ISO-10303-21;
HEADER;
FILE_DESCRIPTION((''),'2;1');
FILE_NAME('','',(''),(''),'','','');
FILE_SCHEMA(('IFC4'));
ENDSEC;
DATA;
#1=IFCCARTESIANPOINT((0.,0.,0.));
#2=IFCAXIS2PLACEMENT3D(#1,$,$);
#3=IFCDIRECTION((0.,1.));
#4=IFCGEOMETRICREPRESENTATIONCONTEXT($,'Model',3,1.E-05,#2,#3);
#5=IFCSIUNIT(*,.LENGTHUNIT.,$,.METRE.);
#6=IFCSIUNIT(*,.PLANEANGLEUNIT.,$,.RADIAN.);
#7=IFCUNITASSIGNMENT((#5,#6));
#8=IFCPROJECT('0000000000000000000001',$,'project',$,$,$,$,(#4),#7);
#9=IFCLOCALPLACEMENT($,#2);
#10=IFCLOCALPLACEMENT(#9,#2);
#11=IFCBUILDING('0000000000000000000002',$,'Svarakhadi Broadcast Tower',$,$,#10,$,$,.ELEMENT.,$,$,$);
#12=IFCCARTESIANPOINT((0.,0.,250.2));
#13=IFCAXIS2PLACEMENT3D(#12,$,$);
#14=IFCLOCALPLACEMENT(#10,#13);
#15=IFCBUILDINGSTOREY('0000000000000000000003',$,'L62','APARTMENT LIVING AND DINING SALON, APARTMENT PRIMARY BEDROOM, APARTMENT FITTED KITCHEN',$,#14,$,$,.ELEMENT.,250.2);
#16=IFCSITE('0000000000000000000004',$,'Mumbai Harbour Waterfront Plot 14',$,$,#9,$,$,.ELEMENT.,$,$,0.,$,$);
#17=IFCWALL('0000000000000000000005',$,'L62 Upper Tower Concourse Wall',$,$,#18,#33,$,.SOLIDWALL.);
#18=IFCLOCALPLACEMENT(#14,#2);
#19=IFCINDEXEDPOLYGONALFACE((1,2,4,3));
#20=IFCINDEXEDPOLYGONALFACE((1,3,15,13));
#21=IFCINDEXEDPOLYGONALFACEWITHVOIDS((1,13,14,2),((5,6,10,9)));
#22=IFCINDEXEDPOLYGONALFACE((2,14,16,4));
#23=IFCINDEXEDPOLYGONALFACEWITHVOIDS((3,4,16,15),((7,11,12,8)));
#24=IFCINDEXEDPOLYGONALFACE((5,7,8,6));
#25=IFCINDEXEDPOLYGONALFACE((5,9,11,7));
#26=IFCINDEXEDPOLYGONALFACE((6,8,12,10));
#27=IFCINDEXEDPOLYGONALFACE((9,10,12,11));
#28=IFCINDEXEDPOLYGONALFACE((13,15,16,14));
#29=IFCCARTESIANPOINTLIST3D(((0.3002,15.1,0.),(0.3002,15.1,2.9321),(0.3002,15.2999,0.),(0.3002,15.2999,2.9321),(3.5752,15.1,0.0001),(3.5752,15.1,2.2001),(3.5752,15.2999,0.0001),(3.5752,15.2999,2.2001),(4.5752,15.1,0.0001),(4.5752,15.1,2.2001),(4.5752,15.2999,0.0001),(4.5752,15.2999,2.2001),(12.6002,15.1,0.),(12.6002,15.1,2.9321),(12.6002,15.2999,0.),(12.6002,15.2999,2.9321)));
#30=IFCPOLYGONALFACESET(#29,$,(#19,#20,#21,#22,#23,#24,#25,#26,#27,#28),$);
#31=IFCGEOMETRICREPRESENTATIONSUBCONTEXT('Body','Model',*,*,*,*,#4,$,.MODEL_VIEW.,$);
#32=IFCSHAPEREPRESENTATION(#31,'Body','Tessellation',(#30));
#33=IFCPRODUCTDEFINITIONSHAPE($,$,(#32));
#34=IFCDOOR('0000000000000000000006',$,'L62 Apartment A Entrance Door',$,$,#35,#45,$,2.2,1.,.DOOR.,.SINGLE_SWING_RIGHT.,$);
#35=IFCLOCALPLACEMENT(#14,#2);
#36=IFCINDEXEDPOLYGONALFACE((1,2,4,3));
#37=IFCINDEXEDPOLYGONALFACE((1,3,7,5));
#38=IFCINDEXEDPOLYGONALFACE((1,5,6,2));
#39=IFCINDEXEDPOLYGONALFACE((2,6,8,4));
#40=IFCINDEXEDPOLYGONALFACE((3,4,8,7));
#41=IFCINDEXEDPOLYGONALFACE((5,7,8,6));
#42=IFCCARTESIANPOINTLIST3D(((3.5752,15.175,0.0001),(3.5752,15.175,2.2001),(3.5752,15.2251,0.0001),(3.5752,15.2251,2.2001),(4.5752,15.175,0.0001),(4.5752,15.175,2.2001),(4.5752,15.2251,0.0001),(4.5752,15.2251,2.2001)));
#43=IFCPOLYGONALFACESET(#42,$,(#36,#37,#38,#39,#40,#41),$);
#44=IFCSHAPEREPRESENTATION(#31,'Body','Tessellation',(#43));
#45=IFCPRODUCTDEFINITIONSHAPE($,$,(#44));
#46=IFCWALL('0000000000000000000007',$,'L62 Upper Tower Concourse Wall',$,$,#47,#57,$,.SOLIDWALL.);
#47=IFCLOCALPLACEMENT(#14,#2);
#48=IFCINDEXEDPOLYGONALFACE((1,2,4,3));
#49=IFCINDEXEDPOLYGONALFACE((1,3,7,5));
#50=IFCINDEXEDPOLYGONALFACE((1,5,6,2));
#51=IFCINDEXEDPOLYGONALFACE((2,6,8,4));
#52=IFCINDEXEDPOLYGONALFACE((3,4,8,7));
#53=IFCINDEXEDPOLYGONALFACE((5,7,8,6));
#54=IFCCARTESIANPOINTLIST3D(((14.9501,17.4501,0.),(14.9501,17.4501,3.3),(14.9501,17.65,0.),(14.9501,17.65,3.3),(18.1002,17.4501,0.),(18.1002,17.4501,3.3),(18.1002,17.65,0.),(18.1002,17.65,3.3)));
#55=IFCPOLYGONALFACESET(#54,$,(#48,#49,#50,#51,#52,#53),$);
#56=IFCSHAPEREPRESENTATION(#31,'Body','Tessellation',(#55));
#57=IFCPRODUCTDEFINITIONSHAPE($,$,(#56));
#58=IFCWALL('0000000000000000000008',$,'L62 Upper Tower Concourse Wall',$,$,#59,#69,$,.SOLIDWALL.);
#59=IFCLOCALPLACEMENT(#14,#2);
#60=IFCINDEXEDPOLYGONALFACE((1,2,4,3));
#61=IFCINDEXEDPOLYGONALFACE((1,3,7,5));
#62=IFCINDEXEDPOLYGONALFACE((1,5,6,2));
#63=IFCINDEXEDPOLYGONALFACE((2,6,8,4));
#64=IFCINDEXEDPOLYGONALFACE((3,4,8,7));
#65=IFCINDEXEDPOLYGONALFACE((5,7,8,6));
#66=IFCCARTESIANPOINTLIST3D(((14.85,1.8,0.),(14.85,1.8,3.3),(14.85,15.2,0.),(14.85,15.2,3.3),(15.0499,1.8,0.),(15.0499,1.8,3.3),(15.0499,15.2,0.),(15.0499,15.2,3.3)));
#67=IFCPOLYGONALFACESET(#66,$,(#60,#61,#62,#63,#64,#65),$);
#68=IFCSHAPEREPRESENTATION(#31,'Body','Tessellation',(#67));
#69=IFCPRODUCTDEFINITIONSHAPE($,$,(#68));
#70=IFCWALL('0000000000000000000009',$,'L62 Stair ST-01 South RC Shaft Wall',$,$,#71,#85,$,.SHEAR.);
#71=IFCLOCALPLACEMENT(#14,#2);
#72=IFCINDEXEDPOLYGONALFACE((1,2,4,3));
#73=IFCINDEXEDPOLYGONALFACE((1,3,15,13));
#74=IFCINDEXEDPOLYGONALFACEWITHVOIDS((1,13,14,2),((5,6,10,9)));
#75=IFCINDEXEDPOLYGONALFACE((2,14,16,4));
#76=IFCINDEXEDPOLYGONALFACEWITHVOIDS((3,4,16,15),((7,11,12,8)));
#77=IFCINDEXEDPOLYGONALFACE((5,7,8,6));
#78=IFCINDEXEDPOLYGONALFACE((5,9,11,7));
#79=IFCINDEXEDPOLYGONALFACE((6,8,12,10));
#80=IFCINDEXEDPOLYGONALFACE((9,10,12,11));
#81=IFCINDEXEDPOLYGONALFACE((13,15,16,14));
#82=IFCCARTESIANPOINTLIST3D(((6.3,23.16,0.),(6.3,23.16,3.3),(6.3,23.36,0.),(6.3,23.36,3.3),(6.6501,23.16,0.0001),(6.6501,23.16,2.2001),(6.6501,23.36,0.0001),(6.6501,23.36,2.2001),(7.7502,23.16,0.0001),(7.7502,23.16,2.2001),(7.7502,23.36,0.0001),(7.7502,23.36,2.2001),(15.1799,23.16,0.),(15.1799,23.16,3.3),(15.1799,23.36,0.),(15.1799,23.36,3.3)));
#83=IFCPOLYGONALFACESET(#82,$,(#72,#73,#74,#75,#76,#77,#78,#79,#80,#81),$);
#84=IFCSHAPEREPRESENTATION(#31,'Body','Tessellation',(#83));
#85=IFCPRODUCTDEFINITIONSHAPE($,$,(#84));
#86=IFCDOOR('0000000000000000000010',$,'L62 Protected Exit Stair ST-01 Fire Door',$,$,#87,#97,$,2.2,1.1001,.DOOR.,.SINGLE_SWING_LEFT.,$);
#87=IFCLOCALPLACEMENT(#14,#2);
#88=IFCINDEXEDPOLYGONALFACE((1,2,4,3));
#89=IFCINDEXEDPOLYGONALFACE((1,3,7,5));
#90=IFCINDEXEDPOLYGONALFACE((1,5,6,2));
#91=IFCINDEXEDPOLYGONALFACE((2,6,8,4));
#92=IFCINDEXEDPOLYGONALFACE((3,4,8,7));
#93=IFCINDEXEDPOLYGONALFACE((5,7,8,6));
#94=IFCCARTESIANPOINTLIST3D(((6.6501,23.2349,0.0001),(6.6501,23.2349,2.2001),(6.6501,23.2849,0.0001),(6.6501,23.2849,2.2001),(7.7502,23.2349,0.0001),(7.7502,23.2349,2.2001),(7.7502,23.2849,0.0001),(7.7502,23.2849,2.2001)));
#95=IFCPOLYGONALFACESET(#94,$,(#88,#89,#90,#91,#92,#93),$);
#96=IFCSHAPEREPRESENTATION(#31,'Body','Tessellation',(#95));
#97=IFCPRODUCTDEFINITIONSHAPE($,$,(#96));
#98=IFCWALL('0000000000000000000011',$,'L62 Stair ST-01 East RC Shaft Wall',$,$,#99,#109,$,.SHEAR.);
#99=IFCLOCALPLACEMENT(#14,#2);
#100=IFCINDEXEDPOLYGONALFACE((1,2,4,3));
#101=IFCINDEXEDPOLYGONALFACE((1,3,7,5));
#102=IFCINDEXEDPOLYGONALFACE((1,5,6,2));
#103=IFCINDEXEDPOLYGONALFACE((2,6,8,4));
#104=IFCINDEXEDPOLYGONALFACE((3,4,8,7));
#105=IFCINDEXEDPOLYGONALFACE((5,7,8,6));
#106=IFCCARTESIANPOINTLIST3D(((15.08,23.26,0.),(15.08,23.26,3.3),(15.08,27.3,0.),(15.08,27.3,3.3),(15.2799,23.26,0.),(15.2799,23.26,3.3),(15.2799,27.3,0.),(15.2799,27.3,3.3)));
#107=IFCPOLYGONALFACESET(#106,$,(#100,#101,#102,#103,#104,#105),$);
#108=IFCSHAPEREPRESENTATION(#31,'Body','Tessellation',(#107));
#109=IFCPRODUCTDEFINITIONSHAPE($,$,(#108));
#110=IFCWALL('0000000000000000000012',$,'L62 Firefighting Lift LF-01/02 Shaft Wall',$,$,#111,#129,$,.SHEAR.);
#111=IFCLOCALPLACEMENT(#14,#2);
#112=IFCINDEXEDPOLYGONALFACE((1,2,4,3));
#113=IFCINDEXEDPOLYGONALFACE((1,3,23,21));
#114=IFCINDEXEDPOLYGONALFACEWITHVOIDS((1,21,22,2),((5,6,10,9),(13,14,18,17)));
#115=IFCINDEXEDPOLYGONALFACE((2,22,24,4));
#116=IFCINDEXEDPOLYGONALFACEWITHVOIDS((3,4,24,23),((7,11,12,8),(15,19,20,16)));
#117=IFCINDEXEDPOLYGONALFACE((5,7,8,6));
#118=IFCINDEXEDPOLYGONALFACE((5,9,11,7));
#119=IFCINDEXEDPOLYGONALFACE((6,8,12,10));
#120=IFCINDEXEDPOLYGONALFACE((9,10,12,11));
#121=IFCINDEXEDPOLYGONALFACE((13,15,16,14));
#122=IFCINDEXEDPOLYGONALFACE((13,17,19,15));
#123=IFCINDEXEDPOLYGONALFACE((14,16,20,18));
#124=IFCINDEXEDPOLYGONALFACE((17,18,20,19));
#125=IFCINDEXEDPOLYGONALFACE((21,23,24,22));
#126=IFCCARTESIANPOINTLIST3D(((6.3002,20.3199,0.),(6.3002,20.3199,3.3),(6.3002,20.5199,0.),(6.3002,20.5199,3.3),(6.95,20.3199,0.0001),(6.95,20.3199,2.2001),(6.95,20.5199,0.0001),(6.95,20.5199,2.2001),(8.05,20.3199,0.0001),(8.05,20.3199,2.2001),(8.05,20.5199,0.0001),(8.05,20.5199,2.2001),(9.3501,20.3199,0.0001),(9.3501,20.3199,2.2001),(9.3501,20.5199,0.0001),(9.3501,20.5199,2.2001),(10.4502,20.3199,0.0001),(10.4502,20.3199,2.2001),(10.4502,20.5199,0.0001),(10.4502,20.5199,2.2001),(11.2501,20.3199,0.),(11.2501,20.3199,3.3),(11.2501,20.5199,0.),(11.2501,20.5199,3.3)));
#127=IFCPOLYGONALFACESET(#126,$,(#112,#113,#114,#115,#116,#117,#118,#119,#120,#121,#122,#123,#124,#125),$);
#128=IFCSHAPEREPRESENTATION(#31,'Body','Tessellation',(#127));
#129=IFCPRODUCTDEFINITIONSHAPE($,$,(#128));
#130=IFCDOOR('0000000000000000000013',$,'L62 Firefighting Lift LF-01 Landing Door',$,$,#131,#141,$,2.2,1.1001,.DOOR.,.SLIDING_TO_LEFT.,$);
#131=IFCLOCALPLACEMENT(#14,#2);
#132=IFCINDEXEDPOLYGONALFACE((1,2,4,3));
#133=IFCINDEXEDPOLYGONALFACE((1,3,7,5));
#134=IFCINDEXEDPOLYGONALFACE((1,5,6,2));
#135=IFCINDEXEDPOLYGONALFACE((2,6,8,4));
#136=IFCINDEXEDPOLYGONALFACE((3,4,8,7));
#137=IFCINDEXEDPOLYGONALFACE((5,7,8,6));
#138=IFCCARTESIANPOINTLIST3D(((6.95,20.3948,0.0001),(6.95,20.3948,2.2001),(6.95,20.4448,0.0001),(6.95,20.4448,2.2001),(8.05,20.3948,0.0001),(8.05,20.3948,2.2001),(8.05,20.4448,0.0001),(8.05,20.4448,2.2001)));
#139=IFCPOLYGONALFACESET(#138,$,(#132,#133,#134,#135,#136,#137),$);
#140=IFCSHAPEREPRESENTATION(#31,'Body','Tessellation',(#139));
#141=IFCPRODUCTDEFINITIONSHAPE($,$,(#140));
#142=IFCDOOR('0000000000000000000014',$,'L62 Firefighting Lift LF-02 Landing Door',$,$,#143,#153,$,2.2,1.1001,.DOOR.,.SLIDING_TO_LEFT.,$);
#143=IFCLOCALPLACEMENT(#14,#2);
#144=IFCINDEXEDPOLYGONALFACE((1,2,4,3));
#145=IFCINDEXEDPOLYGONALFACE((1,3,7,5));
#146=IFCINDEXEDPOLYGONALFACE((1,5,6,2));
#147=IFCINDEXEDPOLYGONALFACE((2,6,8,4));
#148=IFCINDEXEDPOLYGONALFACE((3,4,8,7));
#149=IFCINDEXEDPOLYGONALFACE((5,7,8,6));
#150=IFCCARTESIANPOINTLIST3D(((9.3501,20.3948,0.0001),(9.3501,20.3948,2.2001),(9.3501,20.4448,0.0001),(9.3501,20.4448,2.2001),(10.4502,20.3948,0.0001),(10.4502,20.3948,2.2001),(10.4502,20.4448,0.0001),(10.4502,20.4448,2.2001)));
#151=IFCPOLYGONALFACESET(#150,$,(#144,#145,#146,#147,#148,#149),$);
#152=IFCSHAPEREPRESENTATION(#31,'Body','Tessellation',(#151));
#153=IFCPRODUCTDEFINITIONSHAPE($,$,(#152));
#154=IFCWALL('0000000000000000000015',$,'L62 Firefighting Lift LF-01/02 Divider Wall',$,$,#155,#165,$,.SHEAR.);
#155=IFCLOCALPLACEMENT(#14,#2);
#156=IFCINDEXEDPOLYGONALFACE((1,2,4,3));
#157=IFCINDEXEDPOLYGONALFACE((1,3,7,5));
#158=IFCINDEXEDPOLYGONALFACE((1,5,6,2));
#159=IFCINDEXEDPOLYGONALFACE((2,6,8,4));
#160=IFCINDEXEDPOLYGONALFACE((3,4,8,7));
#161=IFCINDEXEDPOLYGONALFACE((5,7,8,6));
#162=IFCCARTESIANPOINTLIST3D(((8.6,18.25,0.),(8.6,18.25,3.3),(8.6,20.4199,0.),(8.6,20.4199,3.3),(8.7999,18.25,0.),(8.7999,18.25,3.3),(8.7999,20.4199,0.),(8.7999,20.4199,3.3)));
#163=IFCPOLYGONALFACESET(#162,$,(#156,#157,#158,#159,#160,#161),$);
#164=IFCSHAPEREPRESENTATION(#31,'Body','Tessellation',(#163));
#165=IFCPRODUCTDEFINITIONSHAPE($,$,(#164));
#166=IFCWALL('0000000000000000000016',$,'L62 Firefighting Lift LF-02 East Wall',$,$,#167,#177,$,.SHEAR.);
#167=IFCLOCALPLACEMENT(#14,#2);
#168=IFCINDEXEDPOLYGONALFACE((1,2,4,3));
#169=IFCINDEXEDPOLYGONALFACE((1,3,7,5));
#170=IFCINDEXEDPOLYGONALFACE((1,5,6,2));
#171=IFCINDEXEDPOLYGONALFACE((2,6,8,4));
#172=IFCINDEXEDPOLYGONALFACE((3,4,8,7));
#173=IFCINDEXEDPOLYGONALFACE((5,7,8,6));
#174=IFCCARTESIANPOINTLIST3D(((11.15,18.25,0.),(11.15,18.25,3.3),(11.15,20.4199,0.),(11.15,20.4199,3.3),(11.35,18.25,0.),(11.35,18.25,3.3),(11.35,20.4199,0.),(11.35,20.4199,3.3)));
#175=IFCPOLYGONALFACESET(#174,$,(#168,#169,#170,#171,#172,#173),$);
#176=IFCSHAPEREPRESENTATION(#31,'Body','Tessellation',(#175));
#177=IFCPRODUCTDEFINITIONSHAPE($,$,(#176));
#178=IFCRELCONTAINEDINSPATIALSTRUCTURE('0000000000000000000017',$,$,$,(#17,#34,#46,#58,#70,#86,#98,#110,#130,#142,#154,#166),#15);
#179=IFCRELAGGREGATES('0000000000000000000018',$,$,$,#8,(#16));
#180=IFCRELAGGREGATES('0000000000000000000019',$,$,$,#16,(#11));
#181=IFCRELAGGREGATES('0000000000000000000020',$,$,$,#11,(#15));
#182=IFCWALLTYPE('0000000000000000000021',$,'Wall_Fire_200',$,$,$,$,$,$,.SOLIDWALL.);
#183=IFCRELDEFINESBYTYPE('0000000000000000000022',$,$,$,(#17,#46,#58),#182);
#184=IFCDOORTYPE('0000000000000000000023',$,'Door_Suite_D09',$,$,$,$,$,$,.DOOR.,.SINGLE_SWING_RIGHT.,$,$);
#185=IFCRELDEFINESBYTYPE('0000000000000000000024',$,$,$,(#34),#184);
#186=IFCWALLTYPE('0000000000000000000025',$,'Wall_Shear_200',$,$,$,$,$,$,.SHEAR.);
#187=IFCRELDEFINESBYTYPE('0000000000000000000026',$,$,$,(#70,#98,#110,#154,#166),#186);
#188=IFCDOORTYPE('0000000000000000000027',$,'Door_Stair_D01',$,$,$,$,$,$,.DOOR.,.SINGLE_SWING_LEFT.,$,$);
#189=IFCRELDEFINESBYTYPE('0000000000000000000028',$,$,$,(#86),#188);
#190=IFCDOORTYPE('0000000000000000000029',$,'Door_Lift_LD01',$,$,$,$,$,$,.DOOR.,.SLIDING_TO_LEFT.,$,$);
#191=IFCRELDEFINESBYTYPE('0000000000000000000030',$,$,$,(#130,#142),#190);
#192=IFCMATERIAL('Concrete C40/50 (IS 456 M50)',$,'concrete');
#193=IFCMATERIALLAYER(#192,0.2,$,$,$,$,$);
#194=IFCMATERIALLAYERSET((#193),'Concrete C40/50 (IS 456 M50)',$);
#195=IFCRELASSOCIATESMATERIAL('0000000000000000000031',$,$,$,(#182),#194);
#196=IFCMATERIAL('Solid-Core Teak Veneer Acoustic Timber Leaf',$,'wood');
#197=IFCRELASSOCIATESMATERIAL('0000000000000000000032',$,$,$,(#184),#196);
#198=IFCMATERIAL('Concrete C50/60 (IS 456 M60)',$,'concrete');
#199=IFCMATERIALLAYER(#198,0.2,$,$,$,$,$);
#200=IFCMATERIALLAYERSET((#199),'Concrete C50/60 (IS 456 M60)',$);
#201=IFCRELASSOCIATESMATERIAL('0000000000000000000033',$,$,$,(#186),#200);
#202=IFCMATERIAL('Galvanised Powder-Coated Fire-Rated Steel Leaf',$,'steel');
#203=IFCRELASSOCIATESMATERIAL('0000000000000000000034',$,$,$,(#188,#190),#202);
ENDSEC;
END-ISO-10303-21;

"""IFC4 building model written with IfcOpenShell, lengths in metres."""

from ifc_helpers import new_model, si_unit, direction, frame, frame_2d, origin, place, context, subcontext, project, spatial, rectangle, extrude, material, layer, layer_set, type_object, element, fill, save


model = new_model("IFC4")

# Units and contexts
model_context = context("Model", 3, precision=1e-05, world=origin(), true_north=direction((0.0, 1.0)))
body_context = subcontext(model_context, "Body", "Model", "MODEL_VIEW")
ifc_project = project(units=[si_unit("LENGTHUNIT", "METRE"), si_unit("PLANEANGLEUNIT", "RADIAN")], contexts=[model_context])

# Site, building, storey
site_placement = place(None, origin())
site = spatial("IfcSite", under=ifc_project, at=site_placement, Name="Mumbai Harbour Waterfront Plot 14", CompositionType="ELEMENT", RefElevation=0.0)
building_placement = place(site_placement, origin())
building = spatial("IfcBuilding", under=site, at=building_placement, Name="Svarakhadi Broadcast Tower", CompositionType="ELEMENT")
storey_placement = place(building_placement, frame((0.0, 0.0, 250.2)))
storey = spatial("IfcBuildingStorey", under=building, at=storey_placement, Name="L62", Description="APARTMENT LIVING AND DINING SALON, APARTMENT PRIMARY BEDROOM, APARTMENT FITTED KITCHEN", CompositionType="ELEMENT", Elevation=250.2)

# Shared definitions
ifc_material_1 = material(Name="Concrete C50/60 (IS 456 M60)", Category="concrete")

# Wall, opening, door
ifc_material_2 = material(Name="Concrete C40/50 (IS 456 M50)", Category="concrete")
ifc_layer_1 = layer(ifc_material_2, 0.2)
ifc_layer_set_1 = layer_set([ifc_layer_1], Name="Concrete C40/50 (IS 456 M50)")
wall_type_1 = type_object("IfcWallType", Name="Wall_Fire_200", PredefinedType="SOLIDWALL", material=ifc_layer_set_1)
wall_1_placement = place(storey_placement, frame((12.6001, 15.2, 0.0), z_axis=(0.0, 0.0, 1.0), x_axis=(-1.0, 0.0, 0.0)))
wall_1 = element("IfcWall", 1, at=wall_1_placement, inside=storey, type_object=wall_type_1, Name="L62 Upper Tower Concourse Wall", PredefinedType="SOLIDWALL", context=body_context, shape_type="SweptSolid", body=[
    extrude(rectangle(XDim=12.3, YDim=0.2, at=frame_2d((6.1499, 0.0))), origin(), (0.0, 0.0, 1.0), 2.9321),
])
opening_1_placement = place(wall_1_placement, frame((8.0249, 0.0, 0.0)))
opening_1 = element("IfcOpeningElement", 2, at=opening_1_placement, cuts=wall_1, PredefinedType="OPENING", context=body_context, shape_type="SweptSolid", body=[
    extrude(rectangle(XDim=1.0, YDim=2.2, at=frame_2d((0.5, 1.1001))), frame((0.0, 0.1099, 0.0), z_axis=(0.0, -1.0, 0.0), x_axis=(1.0, 0.0, 0.0)), (0.0, 0.0, 1.0), 0.22),
])
ifc_material_3 = material(Name="Solid-Core Teak Veneer Acoustic Timber Leaf", Category="wood")
door_type_1 = type_object("IfcDoorType", Name="Door_Suite_D09", OperationType="SINGLE_SWING_RIGHT", PredefinedType="DOOR", material=ifc_material_3)
door_1_placement = place(opening_1_placement, origin())
door_1 = element("IfcDoor", 3, at=door_1_placement, inside=storey, type_object=door_type_1, Name="L62 Apartment A Entrance Door", OperationType="SINGLE_SWING_RIGHT", OverallHeight=2.2, OverallWidth=1.0, PredefinedType="DOOR", context=body_context, shape_type="SweptSolid", body=[
    extrude(rectangle(XDim=1.0, YDim=2.2, at=frame_2d((0.5, 1.1001))), frame((0.0, 0.0249, 0.0), z_axis=(0.0, -1.0, 0.0), x_axis=(1.0, 0.0, 0.0)), (0.0, 0.0, 1.0), 0.05),
])
fill(opening_1, door_1)

# Walls
wall_2_placement = place(storey_placement, frame((14.95, 17.55, 0.0), z_axis=(0.0, 0.0, 1.0), x_axis=(1.0, 0.0, 0.0)))
element("IfcWall", 4, at=wall_2_placement, inside=storey, type_object=wall_type_1, Name="L62 Upper Tower Concourse Wall", PredefinedType="SOLIDWALL", context=body_context, shape_type="SweptSolid", body=[
    extrude(rectangle(XDim=3.1501, YDim=0.2, at=frame_2d((1.5752, 0.0))), origin(), (0.0, 0.0, 1.0), 3.3),
])
wall_3_placement = place(storey_placement, frame((14.95, 15.2, 0.0), z_axis=(0.0, 0.0, 1.0), x_axis=(0.0, -1.0, 0.0)))
element("IfcWall", 5, at=wall_3_placement, inside=storey, type_object=wall_type_1, Name="L62 Upper Tower Concourse Wall", PredefinedType="SOLIDWALL", context=body_context, shape_type="SweptSolid", body=[
    extrude(rectangle(XDim=13.3999, YDim=0.2, at=frame_2d((6.7, 0.0))), origin(), (0.0, 0.0, 1.0), 3.3),
])

# Wall, opening, door
ifc_layer_2 = layer(ifc_material_1, 0.2)
ifc_layer_set_2 = layer_set([ifc_layer_2], Name="Concrete C50/60 (IS 456 M60)")
wall_type_2 = type_object("IfcWallType", Name="Wall_Shear_200", PredefinedType="SHEAR", material=ifc_layer_set_2)
wall_4_placement = place(storey_placement, frame((6.3, 23.26, 0.0), z_axis=(0.0, 0.0, 1.0), x_axis=(1.0, 0.0, 0.0)))
wall_4 = element("IfcWall", 6, at=wall_4_placement, inside=storey, type_object=wall_type_2, Name="L62 Stair ST-01 South RC Shaft Wall", PredefinedType="SHEAR", context=body_context, shape_type="SweptSolid", body=[
    extrude(rectangle(XDim=8.8799, YDim=0.2, at=frame_2d((4.4399, 0.0))), origin(), (0.0, 0.0, 1.0), 3.3),
])
opening_2_placement = place(wall_4_placement, frame((0.3501, 0.0, 0.0)))
opening_2 = element("IfcOpeningElement", 7, at=opening_2_placement, cuts=wall_4, PredefinedType="OPENING", context=body_context, shape_type="SweptSolid", body=[
    extrude(rectangle(XDim=1.1001, YDim=2.2, at=frame_2d((0.55, 1.1001))), frame((0.0, 0.1099, 0.0), z_axis=(0.0, -1.0, 0.0), x_axis=(1.0, 0.0, 0.0)), (0.0, 0.0, 1.0), 0.22),
])
ifc_material_4 = material(Name="Galvanised Powder-Coated Fire-Rated Steel Leaf", Category="steel")
door_type_2 = type_object("IfcDoorType", Name="Door_Stair_D01", OperationType="SINGLE_SWING_LEFT", PredefinedType="DOOR", material=ifc_material_4)
door_2_placement = place(opening_2_placement, origin())
door_2 = element("IfcDoor", 8, at=door_2_placement, inside=storey, type_object=door_type_2, Name="L62 Protected Exit Stair ST-01 Fire Door", OperationType="SINGLE_SWING_LEFT", OverallHeight=2.2, OverallWidth=1.1001, PredefinedType="DOOR", context=body_context, shape_type="SweptSolid", body=[
    extrude(rectangle(XDim=1.1001, YDim=2.2, at=frame_2d((0.55, 1.1001))), frame((0.0, 0.0249, 0.0), z_axis=(0.0, -1.0, 0.0), x_axis=(1.0, 0.0, 0.0)), (0.0, 0.0, 1.0), 0.05),
])
fill(opening_2, door_2)

# Wall
wall_5_placement = place(storey_placement, frame((15.1799, 23.26, 0.0), z_axis=(0.0, 0.0, 1.0), x_axis=(0.0, 1.0, 0.0)))
element("IfcWall", 9, at=wall_5_placement, inside=storey, type_object=wall_type_2, Name="L62 Stair ST-01 East RC Shaft Wall", PredefinedType="SHEAR", context=body_context, shape_type="SweptSolid", body=[
    extrude(rectangle(XDim=4.04, YDim=0.2, at=frame_2d((2.02, 0.0))), origin(), (0.0, 0.0, 1.0), 3.3),
])

# Wall, openings, doors
wall_6_placement = place(storey_placement, frame((6.3, 20.4199, 0.0), z_axis=(0.0, 0.0, 1.0), x_axis=(1.0, 0.0, 0.0)))
wall_6 = element("IfcWall", 10, at=wall_6_placement, inside=storey, type_object=wall_type_2, Name="L62 Firefighting Lift LF-01/02 Shaft Wall", PredefinedType="SHEAR", context=body_context, shape_type="SweptSolid", body=[
    extrude(rectangle(XDim=4.95, YDim=0.2, at=frame_2d((2.4751, 0.0))), origin(), (0.0, 0.0, 1.0), 3.3),
])
opening_3_placement = place(wall_6_placement, frame((0.6499, 0.0, 0.0)))
opening_3 = element("IfcOpeningElement", 11, at=opening_3_placement, cuts=wall_6, PredefinedType="OPENING", context=body_context, shape_type="SweptSolid", body=[
    extrude(rectangle(XDim=1.1001, YDim=2.2, at=frame_2d((0.55, 1.1001))), frame((0.0, 0.1099, 0.0), z_axis=(0.0, -1.0, 0.0), x_axis=(1.0, 0.0, 0.0)), (0.0, 0.0, 1.0), 0.22),
])
opening_4_placement = place(wall_6_placement, frame((3.05, 0.0, 0.0)))
opening_4 = element("IfcOpeningElement", 12, at=opening_4_placement, cuts=wall_6, PredefinedType="OPENING", context=body_context, shape_type="SweptSolid", body=[
    extrude(rectangle(XDim=1.1001, YDim=2.2, at=frame_2d((0.55, 1.1001))), frame((0.0, 0.1099, 0.0), z_axis=(0.0, -1.0, 0.0), x_axis=(1.0, 0.0, 0.0)), (0.0, 0.0, 1.0), 0.22),
])
door_type_3 = type_object("IfcDoorType", Name="Door_Lift_LD01", OperationType="SLIDING_TO_LEFT", PredefinedType="DOOR", material=ifc_material_4)
door_3_placement = place(opening_3_placement, origin())
door_3 = element("IfcDoor", 13, at=door_3_placement, inside=storey, type_object=door_type_3, Name="L62 Firefighting Lift LF-01 Landing Door", OperationType="SLIDING_TO_LEFT", OverallHeight=2.2, OverallWidth=1.1001, PredefinedType="DOOR", context=body_context, shape_type="SweptSolid", body=[
    extrude(rectangle(XDim=1.1001, YDim=2.2, at=frame_2d((0.55, 1.1001))), frame((0.0, 0.0249, 0.0), z_axis=(0.0, -1.0, 0.0), x_axis=(1.0, 0.0, 0.0)), (0.0, 0.0, 1.0), 0.05),
])
fill(opening_3, door_3)
door_4_placement = place(opening_4_placement, origin())
door_4 = element("IfcDoor", 14, at=door_4_placement, inside=storey, type_object=door_type_3, Name="L62 Firefighting Lift LF-02 Landing Door", OperationType="SLIDING_TO_LEFT", OverallHeight=2.2, OverallWidth=1.1001, PredefinedType="DOOR", context=body_context, shape_type="SweptSolid", body=[
    extrude(rectangle(XDim=1.1001, YDim=2.2, at=frame_2d((0.55, 1.1001))), frame((0.0, 0.0249, 0.0), z_axis=(0.0, -1.0, 0.0), x_axis=(1.0, 0.0, 0.0)), (0.0, 0.0, 1.0), 0.05),
])
fill(opening_4, door_4)

# Walls
for number, where, z_axis, x_axis, name in (
    (15, (8.7, 18.25, 0.0), (0.0, 0.0, 1.0), (0.0, 1.0, 0.0), "L62 Firefighting Lift LF-01/02 Divider Wall"),
    (16, (11.25, 18.25, 0.0), (0.0, 0.0, 1.0), (0.0, 1.0, 0.0), "L62 Firefighting Lift LF-02 East Wall"),
):
    element("IfcWall", number, at=place(storey_placement, frame(where, z_axis=z_axis, x_axis=x_axis)), inside=storey, type_object=wall_type_2, Name=name, PredefinedType="SHEAR", context=body_context, shape_type="SweptSolid", body=[
        extrude(rectangle(XDim=2.1699, YDim=0.2, at=frame_2d((1.085, 0.0))), origin(), (0.0, 0.0, 1.0), 3.3),
    ])

save(model, "model.ifc")
